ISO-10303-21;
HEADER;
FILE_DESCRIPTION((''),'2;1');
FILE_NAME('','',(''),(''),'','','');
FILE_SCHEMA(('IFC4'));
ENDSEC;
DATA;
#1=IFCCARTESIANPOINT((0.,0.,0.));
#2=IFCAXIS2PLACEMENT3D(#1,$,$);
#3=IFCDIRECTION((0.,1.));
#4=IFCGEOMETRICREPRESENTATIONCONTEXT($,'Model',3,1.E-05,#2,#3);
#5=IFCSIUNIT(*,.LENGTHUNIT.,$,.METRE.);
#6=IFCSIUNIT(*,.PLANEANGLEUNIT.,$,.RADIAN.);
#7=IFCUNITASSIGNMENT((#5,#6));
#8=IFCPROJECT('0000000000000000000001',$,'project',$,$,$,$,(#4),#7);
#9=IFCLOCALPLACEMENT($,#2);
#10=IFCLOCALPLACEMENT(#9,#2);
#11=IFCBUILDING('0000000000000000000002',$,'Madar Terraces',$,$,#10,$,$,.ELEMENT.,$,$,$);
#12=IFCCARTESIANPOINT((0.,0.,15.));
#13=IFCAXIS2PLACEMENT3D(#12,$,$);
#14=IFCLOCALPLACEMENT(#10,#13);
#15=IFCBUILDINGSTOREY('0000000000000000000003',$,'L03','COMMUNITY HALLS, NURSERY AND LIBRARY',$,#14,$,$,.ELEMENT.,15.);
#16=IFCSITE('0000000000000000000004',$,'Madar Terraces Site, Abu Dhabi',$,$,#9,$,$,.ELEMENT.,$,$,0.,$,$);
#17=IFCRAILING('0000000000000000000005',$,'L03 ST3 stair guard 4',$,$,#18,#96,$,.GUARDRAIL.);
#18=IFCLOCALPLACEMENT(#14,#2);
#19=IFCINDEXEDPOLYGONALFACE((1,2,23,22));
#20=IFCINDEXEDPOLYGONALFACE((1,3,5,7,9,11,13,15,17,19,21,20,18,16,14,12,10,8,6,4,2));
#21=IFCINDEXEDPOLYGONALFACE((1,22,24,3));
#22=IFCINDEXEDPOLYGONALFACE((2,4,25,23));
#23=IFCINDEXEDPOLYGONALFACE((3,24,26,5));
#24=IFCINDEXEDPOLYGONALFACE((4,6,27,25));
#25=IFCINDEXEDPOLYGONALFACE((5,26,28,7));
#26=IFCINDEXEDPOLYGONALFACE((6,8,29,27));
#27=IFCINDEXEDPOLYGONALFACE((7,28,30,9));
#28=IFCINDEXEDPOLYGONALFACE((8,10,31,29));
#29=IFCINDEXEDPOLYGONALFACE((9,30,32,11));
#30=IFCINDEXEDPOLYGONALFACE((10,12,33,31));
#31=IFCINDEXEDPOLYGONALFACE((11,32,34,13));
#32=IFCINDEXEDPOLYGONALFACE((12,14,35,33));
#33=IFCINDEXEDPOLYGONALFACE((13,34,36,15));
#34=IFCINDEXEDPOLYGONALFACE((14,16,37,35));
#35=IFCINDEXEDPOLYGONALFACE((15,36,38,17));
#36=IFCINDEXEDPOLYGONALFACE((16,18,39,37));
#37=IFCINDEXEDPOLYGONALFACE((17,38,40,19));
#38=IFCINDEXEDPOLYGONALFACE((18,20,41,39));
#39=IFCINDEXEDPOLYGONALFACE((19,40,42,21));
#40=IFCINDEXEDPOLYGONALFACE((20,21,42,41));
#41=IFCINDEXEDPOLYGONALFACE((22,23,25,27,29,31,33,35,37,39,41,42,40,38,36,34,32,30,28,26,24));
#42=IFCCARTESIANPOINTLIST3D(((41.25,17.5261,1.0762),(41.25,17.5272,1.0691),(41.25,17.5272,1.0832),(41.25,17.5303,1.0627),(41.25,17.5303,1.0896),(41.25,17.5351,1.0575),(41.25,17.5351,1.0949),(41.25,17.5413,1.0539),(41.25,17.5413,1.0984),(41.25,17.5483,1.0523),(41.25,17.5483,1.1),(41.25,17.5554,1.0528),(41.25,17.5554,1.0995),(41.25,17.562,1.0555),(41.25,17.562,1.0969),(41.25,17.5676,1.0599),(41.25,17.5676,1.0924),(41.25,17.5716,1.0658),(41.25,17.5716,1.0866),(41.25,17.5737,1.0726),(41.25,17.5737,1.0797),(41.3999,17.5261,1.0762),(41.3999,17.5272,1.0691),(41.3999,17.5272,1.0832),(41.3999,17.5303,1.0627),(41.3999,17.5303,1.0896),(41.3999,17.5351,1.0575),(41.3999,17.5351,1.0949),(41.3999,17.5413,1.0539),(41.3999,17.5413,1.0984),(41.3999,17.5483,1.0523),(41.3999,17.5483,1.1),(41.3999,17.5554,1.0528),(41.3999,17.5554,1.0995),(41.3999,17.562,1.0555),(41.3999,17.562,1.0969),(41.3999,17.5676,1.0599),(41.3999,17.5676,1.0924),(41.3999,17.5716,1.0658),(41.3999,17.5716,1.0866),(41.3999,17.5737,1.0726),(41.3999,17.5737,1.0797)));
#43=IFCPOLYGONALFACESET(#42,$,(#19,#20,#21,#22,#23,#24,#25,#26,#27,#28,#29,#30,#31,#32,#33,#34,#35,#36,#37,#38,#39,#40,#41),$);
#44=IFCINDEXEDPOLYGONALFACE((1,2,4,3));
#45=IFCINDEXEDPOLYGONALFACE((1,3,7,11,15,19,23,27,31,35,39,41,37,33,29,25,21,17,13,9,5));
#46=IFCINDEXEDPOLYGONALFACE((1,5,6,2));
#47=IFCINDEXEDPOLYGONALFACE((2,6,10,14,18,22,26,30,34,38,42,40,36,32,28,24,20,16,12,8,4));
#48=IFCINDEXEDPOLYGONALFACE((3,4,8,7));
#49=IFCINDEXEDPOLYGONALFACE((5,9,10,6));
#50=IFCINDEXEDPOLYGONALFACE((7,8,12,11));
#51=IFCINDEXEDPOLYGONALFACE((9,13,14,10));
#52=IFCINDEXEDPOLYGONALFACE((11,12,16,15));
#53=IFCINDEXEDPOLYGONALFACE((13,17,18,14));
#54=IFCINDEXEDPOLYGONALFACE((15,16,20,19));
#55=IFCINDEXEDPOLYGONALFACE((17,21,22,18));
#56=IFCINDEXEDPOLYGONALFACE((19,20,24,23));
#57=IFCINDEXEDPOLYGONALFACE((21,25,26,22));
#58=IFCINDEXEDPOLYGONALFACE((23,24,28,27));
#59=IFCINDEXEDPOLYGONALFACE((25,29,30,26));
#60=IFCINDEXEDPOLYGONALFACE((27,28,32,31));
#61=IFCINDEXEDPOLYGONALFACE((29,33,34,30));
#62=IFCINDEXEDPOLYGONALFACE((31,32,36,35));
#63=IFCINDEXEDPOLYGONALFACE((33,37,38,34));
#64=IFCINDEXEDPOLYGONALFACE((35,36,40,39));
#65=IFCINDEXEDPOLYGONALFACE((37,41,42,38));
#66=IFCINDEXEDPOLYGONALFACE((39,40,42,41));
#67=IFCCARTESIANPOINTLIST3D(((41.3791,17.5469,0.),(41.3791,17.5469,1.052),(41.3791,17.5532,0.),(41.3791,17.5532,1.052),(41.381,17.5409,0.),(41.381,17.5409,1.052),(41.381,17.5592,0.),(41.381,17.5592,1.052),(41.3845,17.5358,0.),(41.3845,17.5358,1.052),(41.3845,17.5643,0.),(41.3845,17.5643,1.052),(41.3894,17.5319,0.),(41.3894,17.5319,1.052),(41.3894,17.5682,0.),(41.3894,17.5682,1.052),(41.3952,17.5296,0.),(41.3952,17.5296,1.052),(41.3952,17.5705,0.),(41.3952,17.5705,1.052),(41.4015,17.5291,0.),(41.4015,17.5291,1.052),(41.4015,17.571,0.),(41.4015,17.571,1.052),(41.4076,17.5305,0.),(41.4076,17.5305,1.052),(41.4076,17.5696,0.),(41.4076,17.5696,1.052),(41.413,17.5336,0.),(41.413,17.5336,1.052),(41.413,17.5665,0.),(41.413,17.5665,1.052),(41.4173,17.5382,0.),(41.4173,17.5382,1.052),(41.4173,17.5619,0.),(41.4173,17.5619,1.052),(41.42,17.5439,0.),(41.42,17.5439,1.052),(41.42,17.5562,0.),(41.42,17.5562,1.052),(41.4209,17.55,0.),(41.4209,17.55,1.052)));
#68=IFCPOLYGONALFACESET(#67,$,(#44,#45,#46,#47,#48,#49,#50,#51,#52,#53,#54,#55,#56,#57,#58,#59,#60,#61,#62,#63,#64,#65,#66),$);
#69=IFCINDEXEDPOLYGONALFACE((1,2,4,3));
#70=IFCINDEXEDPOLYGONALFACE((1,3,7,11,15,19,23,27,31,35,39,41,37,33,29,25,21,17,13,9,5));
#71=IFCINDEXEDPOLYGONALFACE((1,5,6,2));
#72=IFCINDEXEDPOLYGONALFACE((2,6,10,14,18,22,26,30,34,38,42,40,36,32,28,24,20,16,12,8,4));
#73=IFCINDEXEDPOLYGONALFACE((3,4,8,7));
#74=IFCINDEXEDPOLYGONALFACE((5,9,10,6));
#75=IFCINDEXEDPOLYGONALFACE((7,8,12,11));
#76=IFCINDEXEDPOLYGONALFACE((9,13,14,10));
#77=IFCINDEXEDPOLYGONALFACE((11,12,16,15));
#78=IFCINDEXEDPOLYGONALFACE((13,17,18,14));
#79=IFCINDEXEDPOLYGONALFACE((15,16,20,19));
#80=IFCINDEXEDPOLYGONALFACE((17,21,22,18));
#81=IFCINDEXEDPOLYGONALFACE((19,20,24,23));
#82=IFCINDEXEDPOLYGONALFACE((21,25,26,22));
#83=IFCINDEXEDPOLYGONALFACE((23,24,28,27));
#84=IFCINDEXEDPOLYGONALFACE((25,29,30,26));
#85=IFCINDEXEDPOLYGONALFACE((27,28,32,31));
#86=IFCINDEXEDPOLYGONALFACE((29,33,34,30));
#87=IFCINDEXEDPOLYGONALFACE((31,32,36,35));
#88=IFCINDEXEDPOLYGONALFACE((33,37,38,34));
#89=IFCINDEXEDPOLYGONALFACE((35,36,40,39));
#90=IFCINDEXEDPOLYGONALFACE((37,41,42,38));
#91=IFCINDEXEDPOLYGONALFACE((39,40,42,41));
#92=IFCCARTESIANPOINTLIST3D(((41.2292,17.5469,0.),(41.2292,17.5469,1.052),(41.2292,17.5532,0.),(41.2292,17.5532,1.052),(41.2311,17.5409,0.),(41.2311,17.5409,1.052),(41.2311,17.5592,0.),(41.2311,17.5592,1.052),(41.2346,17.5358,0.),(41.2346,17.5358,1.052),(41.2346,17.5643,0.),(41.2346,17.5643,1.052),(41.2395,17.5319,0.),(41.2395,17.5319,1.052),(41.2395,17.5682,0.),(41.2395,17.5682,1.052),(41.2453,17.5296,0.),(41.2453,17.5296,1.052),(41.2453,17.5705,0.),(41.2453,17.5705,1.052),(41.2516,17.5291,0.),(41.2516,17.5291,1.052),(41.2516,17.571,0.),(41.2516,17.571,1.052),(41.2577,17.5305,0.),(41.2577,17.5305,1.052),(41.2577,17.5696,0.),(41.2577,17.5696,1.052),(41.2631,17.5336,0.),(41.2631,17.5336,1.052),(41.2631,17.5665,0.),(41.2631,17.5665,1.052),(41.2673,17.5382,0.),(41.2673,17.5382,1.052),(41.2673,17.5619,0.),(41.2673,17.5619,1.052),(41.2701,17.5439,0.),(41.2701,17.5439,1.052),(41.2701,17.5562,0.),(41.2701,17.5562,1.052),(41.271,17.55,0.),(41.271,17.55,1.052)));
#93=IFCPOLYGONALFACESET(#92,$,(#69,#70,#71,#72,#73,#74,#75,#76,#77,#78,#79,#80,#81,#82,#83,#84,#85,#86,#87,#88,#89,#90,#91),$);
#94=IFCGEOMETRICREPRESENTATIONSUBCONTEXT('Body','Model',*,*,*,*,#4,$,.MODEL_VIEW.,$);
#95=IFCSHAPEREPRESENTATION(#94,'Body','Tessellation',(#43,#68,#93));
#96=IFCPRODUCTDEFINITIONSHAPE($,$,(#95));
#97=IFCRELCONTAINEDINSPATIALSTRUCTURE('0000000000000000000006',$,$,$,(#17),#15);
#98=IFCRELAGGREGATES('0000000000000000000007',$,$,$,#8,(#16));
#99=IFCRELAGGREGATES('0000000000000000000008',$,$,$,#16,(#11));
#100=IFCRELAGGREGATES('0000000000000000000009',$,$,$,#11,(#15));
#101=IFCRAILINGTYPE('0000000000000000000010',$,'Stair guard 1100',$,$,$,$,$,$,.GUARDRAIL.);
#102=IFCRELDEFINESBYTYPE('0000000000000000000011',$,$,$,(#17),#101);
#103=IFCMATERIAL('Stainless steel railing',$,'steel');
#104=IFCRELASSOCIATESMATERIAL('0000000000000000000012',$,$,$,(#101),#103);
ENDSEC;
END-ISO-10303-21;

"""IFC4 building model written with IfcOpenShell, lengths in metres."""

from ifc_helpers import new_model, si_unit, direction, frame, origin, origin_2d, place, context, subcontext, project, spatial, circle, extrude, material, type_object, element, save


model = new_model("IFC4")

# Units and contexts
model_context = context("Model", 3, precision=1e-05, world=origin(), true_north=direction((0.0, 1.0)))
body_context = subcontext(model_context, "Body", "Model", "MODEL_VIEW")
ifc_project = project(units=[si_unit("LENGTHUNIT", "METRE"), si_unit("PLANEANGLEUNIT", "RADIAN")], contexts=[model_context])

# Site, building, storey
site_placement = place(None, origin())
site = spatial("IfcSite", under=ifc_project, at=site_placement, Name="Madar Terraces Site, Abu Dhabi", CompositionType="ELEMENT", RefElevation=0.0)
building_placement = place(site_placement, origin())
building = spatial("IfcBuilding", under=site, at=building_placement, Name="Madar Terraces", CompositionType="ELEMENT")
storey_placement = place(building_placement, frame((0.0, 0.0, 15.0)))
storey = spatial("IfcBuildingStorey", under=building, at=storey_placement, Name="L03", Description="COMMUNITY HALLS, NURSERY AND LIBRARY", CompositionType="ELEMENT", Elevation=15.0)

# Railing
ifc_material_1 = material(Name="Stainless steel railing", Category="steel")
railing_type_1 = type_object("IfcRailingType", Name="Stair guard 1100", PredefinedType="GUARDRAIL", material=ifc_material_1)
railing_1_placement = place(storey_placement, frame((41.3999, 17.55, 0.0)))
element("IfcRailing", 1, at=railing_1_placement, inside=storey, type_object=railing_type_1, Name="L03 ST3 stair guard 4", PredefinedType="GUARDRAIL", context=body_context, shape_type="SweptSolid", body=[
    extrude(circle(Radius=0.0239, at=origin_2d()), frame((0.0, 0.0, 1.0762), z_axis=(-1.0, 0.0, 0.0), x_axis=(0.0, -1.0, 0.0)), (0.0, 0.0, 1.0), 0.1499),
    extrude(circle(Radius=0.021, at=origin_2d()), origin(), (0.0, 0.0, 1.0), 1.052),
    extrude(circle(Radius=0.021, at=origin_2d()), frame((-0.1499, 0.0, 0.0)), (0.0, 0.0, 1.0), 1.052),
])

save(model, "model.ifc")
